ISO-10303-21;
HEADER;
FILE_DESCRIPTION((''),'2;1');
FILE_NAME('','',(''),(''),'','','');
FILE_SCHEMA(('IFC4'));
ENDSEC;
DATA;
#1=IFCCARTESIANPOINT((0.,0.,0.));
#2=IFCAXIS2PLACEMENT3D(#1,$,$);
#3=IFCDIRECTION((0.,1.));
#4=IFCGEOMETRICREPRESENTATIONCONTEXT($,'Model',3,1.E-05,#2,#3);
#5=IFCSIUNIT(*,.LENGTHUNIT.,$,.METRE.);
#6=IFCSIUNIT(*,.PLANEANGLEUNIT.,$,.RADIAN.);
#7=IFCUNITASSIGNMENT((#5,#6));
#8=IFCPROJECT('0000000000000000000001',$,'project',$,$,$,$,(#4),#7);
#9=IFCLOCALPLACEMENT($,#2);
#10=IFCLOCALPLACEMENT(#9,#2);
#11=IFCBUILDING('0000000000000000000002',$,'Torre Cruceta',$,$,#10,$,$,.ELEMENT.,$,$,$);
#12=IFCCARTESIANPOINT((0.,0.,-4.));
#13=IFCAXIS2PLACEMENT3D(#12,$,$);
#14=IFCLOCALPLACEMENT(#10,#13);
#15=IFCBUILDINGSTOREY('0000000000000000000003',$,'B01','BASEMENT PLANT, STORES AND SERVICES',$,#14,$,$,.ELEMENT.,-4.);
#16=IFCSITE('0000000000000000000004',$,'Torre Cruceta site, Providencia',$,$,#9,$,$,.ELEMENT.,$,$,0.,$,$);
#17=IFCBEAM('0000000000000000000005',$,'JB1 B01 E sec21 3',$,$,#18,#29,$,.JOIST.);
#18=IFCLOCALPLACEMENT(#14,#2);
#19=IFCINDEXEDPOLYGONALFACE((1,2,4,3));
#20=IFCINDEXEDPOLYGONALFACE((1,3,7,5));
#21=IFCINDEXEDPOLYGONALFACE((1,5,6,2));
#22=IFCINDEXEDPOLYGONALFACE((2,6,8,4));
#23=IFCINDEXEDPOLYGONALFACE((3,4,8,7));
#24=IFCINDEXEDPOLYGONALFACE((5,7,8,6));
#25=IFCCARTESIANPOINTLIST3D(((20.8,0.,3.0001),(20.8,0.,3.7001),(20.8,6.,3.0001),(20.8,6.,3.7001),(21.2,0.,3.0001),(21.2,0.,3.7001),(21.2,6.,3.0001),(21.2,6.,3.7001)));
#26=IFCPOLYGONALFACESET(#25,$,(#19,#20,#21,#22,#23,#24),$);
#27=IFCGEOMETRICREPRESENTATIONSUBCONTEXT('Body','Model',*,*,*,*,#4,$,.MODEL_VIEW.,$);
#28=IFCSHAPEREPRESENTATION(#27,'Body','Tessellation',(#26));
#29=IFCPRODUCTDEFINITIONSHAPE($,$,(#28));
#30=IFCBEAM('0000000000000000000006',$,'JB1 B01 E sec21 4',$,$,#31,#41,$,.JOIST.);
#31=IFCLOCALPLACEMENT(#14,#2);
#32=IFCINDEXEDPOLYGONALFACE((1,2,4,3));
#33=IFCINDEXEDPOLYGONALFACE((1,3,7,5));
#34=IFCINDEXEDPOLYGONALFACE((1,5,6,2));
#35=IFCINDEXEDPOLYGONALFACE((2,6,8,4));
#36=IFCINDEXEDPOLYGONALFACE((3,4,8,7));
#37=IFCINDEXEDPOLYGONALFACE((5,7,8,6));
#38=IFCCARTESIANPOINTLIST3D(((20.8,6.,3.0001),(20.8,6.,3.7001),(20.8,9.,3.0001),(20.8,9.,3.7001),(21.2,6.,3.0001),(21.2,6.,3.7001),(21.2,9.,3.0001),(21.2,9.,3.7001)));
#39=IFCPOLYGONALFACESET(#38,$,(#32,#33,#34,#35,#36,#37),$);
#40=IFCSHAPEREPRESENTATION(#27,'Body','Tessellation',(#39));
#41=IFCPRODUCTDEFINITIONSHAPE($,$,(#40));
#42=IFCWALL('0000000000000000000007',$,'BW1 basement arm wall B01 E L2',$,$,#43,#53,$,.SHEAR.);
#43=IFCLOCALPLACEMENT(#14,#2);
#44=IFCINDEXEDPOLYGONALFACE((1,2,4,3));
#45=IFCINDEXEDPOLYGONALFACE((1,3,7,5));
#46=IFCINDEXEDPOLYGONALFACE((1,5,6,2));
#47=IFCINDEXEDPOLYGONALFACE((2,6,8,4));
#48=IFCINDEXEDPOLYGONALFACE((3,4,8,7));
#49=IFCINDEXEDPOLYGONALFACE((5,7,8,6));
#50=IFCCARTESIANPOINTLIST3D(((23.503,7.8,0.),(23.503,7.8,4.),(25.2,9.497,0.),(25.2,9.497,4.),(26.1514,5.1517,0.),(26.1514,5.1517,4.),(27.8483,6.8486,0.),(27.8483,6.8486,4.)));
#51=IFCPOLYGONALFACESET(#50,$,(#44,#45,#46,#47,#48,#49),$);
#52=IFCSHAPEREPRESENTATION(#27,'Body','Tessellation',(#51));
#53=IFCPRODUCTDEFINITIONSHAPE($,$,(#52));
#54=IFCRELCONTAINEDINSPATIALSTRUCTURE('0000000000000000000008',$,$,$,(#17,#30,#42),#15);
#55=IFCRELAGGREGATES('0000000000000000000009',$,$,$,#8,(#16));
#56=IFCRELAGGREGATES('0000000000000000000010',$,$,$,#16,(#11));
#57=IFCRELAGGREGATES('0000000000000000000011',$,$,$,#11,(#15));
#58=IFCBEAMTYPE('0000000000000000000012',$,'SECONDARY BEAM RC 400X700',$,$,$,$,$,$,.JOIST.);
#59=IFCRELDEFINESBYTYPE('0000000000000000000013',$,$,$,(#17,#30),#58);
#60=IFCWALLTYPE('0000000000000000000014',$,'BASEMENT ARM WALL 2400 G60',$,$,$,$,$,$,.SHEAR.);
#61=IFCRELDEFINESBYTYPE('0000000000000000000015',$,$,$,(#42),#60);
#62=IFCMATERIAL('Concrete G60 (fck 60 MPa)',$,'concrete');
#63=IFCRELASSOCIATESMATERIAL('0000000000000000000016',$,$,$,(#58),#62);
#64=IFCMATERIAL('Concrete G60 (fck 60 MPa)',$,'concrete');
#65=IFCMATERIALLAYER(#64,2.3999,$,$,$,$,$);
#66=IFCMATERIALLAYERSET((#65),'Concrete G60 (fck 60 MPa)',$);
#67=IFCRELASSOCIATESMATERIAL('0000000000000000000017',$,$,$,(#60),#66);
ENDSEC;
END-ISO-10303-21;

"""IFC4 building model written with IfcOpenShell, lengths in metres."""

from ifc_helpers import new_model, si_unit, direction, frame, frame_2d, origin, origin_2d, place, context, subcontext, project, spatial, rectangle, extrude, material, layer, layer_set, material_profile, profile_set, type_object, element, save


model = new_model("IFC4")

# Units and contexts
model_context = context("Model", 3, precision=1e-05, world=origin(), true_north=direction((0.0, 1.0)))
body_context = subcontext(model_context, "Body", "Model", "MODEL_VIEW")
ifc_project = project(units=[si_unit("LENGTHUNIT", "METRE"), si_unit("PLANEANGLEUNIT", "RADIAN")], contexts=[model_context])

# Site, building, storey
site_placement = place(None, origin())
site = spatial("IfcSite", under=ifc_project, at=site_placement, Name="Torre Cruceta site, Providencia", CompositionType="ELEMENT", RefElevation=0.0)
building_placement = place(site_placement, origin())
building = spatial("IfcBuilding", under=site, at=building_placement, Name="Torre Cruceta", CompositionType="ELEMENT")
storey_placement = place(building_placement, frame((0.0, 0.0, -4.0)))
storey = spatial("IfcBuildingStorey", under=building, at=storey_placement, Name="B01", Description="BASEMENT PLANT, STORES AND SERVICES", CompositionType="ELEMENT", Elevation=-4.0)

# Beams
ifc_material_1 = material(Name="Concrete G60 (fck 60 MPa)", Category="concrete")
ifc_material_profile_1 = material_profile(ifc_material_1, rectangle(XDim=0.3999, YDim=0.7, at=origin_2d()), Name="RC 400X700")
ifc_profile_set_1 = profile_set([ifc_material_profile_1], Name="Concrete G60 (fck 60 MPa)")
beam_type_1 = type_object("IfcBeamType", Name="SECONDARY BEAM RC 400X700", PredefinedType="JOIST", material=ifc_profile_set_1)
beam_1_placement = place(storey_placement, frame((21.0, 0.0, 3.3501), z_axis=(0.0, 1.0, 0.0), x_axis=(-1.0, 0.0, 0.0)))
element("IfcBeam", 1, at=beam_1_placement, inside=storey, type_object=beam_type_1, Name="JB1 B01 E sec21 3", PredefinedType="JOIST", context=body_context, shape_type="SweptSolid", body=[
    extrude(rectangle(XDim=0.3999, YDim=0.7, at=origin_2d()), origin(), (0.0, 0.0, 1.0), 6.0),
])
beam_2_placement = place(storey_placement, frame((21.0, 6.0, 3.3501), z_axis=(0.0, 1.0, 0.0), x_axis=(-1.0, 0.0, 0.0)))
element("IfcBeam", 2, at=beam_2_placement, inside=storey, type_object=beam_type_1, Name="JB1 B01 E sec21 4", PredefinedType="JOIST", context=body_context, shape_type="SweptSolid", body=[
    extrude(rectangle(XDim=0.3999, YDim=0.7, at=origin_2d()), origin(), (0.0, 0.0, 1.0), 3.0),
])

# Wall
ifc_material_2 = material(Name="Concrete G60 (fck 60 MPa)", Category="concrete")
ifc_layer = layer(ifc_material_2, 2.3999)
ifc_layer_set = layer_set([ifc_layer], Name="Concrete G60 (fck 60 MPa)")
wall_type = type_object("IfcWallType", Name="BASEMENT ARM WALL 2400 G60", PredefinedType="SHEAR", material=ifc_layer_set)
wall_placement = place(storey_placement, frame((24.3516, 8.6484, 0.0), z_axis=(0.0, 0.0, 1.0), x_axis=(0.707107, -0.707107, 0.0)))
element("IfcWall", 3, at=wall_placement, inside=storey, type_object=wall_type, Name="BW1 basement arm wall B01 E L2", PredefinedType="SHEAR", context=body_context, shape_type="SweptSolid", body=[
    extrude(rectangle(XDim=3.7454, YDim=2.3999, at=frame_2d((1.8726, 0.0))), origin(), (0.0, 0.0, 1.0), 4.0),
])

save(model, "model.ifc")
